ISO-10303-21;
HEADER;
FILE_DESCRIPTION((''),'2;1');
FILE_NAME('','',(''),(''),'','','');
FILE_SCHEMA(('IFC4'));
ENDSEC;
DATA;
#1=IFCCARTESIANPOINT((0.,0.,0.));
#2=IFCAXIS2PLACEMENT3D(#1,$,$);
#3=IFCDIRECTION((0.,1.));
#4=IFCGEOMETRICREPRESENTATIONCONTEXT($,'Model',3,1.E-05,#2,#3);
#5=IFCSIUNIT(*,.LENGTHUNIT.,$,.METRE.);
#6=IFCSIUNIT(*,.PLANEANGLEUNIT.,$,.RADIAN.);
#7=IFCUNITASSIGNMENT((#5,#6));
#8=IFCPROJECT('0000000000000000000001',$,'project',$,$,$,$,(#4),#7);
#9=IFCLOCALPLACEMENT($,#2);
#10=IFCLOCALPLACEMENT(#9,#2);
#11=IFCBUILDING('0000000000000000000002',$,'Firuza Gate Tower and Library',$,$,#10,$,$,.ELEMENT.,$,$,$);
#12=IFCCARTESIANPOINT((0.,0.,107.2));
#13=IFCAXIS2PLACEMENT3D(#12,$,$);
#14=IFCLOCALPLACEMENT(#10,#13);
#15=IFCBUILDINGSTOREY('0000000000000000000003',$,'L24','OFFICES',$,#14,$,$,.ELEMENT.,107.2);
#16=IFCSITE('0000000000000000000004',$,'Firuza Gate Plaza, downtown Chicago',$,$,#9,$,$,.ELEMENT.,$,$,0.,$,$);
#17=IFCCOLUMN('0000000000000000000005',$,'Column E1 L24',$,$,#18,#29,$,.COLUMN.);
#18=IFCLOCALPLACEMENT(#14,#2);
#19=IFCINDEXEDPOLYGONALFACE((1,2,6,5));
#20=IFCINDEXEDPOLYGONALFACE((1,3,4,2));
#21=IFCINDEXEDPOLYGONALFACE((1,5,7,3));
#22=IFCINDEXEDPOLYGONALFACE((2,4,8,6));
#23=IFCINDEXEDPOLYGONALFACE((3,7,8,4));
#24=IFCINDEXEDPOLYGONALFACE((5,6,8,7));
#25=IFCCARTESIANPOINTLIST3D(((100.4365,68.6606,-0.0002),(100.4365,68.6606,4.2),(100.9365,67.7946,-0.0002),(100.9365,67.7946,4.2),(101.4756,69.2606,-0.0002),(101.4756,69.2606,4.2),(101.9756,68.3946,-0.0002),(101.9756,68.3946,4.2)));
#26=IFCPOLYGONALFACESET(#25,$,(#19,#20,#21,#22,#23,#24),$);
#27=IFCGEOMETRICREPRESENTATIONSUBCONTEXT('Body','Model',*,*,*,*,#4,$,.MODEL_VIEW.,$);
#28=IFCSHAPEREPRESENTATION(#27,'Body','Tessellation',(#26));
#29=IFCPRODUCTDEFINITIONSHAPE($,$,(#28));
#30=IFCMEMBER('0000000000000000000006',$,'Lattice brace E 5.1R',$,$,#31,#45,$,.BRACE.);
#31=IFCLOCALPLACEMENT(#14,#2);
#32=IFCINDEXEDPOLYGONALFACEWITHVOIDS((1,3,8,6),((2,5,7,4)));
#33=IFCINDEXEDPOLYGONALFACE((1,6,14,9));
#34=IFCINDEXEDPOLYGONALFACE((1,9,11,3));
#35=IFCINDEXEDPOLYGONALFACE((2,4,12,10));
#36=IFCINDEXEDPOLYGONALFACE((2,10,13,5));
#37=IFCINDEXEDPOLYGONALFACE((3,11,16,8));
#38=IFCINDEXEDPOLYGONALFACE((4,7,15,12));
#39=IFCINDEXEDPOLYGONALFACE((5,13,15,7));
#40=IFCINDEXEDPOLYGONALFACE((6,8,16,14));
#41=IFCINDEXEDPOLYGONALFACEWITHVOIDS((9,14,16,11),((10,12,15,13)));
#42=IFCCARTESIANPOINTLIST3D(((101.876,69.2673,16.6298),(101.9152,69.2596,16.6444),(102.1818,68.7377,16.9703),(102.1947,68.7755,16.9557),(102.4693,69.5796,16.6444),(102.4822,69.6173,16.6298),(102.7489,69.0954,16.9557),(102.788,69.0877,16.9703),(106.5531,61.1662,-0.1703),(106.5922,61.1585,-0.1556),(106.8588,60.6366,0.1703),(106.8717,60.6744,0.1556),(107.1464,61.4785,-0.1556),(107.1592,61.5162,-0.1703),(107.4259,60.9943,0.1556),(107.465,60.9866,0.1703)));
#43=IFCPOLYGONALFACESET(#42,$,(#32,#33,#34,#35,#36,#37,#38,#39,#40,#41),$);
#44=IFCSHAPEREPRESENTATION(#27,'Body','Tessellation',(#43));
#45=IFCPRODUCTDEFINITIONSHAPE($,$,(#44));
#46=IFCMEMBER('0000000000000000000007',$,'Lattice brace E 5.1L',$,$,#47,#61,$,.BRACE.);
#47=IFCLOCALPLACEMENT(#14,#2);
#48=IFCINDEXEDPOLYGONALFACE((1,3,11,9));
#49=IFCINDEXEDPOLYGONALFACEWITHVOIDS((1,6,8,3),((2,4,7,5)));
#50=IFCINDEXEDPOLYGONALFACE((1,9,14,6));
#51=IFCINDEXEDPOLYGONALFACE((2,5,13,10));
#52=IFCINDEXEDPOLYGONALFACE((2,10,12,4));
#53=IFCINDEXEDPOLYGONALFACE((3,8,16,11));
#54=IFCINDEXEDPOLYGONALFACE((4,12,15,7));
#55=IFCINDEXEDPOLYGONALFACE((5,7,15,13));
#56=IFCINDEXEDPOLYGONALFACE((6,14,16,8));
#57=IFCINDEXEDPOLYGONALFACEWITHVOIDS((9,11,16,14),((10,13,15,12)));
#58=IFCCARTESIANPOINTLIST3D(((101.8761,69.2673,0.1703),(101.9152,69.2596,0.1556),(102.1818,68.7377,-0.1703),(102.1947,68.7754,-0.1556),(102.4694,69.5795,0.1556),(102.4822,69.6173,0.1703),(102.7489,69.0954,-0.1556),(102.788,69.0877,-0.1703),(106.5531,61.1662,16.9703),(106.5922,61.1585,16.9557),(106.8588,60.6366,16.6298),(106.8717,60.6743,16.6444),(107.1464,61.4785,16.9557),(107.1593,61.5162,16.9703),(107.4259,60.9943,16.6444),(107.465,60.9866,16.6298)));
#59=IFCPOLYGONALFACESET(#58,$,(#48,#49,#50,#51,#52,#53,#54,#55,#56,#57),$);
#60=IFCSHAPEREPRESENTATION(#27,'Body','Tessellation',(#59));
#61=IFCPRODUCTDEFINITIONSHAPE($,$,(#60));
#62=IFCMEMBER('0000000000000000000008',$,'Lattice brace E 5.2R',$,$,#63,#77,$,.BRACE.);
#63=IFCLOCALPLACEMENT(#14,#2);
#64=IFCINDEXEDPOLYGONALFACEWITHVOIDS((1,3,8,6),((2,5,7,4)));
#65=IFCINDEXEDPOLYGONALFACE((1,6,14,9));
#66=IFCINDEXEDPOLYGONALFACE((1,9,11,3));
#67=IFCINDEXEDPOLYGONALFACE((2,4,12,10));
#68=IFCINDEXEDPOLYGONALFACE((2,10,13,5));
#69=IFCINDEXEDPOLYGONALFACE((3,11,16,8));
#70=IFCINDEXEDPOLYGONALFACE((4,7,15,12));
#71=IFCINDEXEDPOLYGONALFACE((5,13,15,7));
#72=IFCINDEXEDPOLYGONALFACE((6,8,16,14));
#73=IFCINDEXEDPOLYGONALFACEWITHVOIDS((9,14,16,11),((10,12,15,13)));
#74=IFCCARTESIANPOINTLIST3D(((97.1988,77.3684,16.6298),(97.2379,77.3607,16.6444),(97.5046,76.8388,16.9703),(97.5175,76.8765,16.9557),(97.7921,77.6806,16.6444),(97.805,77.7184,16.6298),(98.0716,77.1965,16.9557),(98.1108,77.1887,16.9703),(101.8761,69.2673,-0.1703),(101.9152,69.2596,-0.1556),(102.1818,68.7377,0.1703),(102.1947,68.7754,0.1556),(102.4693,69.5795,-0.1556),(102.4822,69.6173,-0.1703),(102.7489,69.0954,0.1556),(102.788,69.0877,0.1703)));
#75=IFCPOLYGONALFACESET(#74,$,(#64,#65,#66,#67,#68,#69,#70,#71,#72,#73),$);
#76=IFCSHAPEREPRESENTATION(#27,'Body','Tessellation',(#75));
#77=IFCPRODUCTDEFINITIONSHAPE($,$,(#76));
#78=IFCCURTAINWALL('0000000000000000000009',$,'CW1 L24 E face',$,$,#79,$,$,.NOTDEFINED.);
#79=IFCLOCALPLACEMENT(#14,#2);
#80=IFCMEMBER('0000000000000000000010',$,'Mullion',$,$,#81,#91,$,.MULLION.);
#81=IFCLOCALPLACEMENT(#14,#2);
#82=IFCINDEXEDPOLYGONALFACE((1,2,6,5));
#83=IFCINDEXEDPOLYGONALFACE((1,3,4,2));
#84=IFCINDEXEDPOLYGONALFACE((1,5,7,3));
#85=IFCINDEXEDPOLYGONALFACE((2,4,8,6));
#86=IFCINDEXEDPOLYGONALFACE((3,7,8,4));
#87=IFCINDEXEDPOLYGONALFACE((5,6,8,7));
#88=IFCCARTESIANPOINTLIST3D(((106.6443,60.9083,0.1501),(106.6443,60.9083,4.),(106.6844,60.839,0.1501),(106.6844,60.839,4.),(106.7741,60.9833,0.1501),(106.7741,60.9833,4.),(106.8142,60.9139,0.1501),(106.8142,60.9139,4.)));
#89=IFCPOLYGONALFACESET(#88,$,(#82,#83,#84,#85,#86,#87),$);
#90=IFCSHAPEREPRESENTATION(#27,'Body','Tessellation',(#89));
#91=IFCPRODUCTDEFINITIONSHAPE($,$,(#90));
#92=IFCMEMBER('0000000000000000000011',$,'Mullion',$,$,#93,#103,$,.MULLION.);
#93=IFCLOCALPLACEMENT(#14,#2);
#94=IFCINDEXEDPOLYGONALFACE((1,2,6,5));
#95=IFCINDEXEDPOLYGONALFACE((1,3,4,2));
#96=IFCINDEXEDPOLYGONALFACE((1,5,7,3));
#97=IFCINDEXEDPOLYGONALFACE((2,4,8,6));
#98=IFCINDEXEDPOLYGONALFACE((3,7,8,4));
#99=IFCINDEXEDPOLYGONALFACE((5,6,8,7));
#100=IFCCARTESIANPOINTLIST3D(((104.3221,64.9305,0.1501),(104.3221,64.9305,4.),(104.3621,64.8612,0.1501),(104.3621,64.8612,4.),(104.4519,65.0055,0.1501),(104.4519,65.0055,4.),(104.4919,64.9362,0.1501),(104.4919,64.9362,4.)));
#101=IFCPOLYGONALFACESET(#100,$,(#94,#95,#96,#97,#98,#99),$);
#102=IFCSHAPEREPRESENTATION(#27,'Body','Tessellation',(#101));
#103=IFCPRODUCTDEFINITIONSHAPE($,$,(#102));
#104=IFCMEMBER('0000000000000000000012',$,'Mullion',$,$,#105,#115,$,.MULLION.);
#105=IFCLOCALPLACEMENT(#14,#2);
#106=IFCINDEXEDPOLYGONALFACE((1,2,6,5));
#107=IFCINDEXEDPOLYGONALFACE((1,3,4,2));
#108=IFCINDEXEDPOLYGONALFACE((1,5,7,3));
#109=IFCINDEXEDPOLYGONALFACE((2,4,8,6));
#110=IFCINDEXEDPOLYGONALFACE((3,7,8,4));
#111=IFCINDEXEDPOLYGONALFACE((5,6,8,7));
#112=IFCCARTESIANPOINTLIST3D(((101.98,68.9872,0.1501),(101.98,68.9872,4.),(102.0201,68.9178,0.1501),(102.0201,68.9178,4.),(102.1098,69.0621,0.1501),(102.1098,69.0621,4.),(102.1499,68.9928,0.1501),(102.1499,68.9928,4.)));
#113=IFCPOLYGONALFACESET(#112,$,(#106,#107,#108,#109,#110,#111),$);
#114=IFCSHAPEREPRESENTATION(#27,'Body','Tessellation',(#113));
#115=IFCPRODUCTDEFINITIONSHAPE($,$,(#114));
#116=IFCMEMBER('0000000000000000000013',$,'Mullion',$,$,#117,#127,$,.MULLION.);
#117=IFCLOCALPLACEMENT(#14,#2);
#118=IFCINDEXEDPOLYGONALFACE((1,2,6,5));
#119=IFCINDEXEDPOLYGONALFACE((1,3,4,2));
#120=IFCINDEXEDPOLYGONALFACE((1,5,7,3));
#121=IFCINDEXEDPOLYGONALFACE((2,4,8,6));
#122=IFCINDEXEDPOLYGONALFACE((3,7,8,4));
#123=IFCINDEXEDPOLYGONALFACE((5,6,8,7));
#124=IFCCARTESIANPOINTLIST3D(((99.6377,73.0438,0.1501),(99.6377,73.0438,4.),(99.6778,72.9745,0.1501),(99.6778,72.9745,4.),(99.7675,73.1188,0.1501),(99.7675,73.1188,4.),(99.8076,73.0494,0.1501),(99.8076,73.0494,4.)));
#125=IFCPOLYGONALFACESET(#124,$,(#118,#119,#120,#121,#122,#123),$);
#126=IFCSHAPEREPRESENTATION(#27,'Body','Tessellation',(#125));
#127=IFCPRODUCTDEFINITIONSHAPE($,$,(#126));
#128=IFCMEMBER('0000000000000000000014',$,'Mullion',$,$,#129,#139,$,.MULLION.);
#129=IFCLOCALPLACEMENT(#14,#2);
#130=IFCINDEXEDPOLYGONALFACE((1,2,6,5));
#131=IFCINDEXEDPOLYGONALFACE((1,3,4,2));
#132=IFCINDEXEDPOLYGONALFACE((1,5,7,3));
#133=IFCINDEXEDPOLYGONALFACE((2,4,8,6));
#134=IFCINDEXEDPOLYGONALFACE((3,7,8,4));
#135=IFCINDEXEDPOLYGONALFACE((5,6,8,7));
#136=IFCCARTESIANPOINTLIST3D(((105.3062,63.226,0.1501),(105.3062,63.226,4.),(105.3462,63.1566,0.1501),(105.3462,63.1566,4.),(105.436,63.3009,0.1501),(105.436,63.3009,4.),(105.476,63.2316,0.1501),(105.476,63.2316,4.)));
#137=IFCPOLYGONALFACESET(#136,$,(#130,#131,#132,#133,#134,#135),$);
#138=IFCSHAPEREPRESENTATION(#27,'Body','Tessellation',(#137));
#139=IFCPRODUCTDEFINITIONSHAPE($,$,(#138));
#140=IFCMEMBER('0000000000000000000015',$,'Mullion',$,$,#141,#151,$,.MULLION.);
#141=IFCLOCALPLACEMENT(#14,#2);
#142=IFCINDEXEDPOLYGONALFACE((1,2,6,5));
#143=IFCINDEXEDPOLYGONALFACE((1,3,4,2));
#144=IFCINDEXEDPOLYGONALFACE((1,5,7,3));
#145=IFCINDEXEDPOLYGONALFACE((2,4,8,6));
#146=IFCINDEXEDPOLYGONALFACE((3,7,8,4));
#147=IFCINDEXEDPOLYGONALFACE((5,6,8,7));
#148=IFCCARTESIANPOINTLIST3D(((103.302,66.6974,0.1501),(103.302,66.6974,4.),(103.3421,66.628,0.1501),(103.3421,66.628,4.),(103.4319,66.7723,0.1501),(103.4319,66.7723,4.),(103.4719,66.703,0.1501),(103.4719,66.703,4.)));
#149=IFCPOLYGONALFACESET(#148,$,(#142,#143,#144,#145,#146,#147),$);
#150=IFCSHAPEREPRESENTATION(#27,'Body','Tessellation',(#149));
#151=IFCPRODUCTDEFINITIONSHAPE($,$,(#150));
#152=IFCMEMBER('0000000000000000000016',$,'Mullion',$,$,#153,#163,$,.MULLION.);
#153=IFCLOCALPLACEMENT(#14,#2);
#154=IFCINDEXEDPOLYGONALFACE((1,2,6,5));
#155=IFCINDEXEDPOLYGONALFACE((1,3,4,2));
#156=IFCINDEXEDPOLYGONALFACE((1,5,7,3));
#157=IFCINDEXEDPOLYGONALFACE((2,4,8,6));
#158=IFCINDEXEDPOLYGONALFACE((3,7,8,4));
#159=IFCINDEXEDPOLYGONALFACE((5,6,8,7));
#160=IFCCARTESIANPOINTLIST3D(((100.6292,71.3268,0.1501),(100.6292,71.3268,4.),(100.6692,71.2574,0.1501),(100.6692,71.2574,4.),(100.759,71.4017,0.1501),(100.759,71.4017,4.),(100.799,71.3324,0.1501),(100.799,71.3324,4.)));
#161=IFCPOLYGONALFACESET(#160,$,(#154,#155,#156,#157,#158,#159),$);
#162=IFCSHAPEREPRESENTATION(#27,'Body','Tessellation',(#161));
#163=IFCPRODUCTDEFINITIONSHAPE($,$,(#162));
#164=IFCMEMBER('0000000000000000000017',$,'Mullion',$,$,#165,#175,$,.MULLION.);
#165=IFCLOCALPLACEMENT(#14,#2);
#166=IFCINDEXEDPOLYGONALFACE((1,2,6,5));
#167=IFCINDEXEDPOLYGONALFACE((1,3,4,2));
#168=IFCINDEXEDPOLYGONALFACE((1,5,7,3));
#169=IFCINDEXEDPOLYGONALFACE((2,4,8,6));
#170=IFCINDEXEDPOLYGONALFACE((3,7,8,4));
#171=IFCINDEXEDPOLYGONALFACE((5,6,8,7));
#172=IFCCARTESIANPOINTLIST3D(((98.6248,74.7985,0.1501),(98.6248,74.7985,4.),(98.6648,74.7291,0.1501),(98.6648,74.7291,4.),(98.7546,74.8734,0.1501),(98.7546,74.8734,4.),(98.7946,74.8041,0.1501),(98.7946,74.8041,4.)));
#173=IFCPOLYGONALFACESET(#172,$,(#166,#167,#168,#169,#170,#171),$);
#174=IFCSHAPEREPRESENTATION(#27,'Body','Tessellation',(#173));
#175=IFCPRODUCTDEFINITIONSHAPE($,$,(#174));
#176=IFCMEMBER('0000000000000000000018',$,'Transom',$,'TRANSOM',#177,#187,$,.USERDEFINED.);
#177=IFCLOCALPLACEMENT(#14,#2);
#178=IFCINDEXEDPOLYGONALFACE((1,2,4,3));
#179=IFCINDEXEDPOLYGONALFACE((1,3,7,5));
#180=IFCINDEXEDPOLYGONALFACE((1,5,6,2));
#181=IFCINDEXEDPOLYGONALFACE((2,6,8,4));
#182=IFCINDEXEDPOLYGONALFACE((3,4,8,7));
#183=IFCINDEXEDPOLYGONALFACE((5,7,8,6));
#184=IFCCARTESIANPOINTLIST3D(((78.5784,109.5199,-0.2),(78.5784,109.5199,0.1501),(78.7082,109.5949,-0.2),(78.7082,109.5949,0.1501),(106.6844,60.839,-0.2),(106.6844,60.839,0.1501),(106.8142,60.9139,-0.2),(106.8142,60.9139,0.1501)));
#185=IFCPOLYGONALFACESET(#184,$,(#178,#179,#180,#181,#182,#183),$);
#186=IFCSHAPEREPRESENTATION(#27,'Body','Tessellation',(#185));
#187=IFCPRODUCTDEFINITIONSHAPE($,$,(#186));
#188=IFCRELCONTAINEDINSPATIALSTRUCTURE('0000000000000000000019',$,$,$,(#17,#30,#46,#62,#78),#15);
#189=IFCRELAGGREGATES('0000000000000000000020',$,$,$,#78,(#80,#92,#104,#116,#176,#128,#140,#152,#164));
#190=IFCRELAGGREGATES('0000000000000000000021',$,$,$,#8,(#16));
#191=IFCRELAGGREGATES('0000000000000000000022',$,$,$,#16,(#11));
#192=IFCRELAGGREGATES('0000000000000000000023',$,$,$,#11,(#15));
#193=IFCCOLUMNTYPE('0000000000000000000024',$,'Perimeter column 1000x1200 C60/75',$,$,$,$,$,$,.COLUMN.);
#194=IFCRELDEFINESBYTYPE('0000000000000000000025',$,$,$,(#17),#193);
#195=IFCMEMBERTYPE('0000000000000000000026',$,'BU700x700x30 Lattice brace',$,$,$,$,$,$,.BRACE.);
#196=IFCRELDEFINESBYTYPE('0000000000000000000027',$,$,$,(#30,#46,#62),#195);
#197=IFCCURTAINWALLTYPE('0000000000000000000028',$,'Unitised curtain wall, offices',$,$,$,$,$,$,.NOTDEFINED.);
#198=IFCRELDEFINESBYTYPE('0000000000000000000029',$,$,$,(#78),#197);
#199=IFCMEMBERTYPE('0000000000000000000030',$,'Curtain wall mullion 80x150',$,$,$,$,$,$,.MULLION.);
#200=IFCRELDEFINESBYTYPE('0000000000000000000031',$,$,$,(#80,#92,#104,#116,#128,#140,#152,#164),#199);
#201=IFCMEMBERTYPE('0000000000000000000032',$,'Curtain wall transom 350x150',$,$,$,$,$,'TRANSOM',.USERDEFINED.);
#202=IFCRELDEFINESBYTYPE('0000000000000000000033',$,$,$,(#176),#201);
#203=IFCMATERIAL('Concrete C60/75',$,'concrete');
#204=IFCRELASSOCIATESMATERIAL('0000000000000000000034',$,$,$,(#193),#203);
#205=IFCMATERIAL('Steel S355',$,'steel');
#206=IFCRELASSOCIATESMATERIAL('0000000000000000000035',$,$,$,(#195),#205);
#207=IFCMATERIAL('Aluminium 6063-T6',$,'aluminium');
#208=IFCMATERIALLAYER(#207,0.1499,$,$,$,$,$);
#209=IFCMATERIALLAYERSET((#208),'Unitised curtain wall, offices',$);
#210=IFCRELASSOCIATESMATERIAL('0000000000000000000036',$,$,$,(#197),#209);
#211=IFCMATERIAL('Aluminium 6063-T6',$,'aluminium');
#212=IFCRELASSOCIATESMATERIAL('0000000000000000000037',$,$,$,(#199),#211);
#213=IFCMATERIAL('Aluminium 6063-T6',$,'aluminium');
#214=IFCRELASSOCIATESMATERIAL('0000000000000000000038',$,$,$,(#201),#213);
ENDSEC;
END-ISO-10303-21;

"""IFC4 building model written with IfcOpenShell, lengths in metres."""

from ifc_helpers import new_model, si_unit, direction, frame, origin, origin_2d, place, context, subcontext, project, spatial, rectangle, hollow_rectangle, extrude, material, layer, layer_set, material_profile, profile_set, type_object, element, aggregate, save


model = new_model("IFC4")

# Units and contexts
model_context = context("Model", 3, precision=1e-05, world=origin(), true_north=direction((0.0, 1.0)))
body_context = subcontext(model_context, "Body", "Model", "MODEL_VIEW")
ifc_project = project(units=[si_unit("LENGTHUNIT", "METRE"), si_unit("PLANEANGLEUNIT", "RADIAN")], contexts=[model_context])

# Site, building, storey
site_placement = place(None, origin())
site = spatial("IfcSite", under=ifc_project, at=site_placement, Name="Firuza Gate Plaza, downtown Chicago", CompositionType="ELEMENT", RefElevation=0.0)
building_placement = place(site_placement, origin())
building = spatial("IfcBuilding", under=site, at=building_placement, Name="Firuza Gate Tower and Library", CompositionType="ELEMENT")
storey_placement = place(building_placement, frame((0.0, 0.0, 107.2)))
storey = spatial("IfcBuildingStorey", under=building, at=storey_placement, Name="L24", Description="OFFICES", CompositionType="ELEMENT", Elevation=107.2)

# Column
ifc_material_1 = material(Name="Concrete C60/75", Category="concrete")
ifc_material_profile_1 = material_profile(ifc_material_1, rectangle(XDim=1.0, YDim=1.2, at=origin_2d()))
ifc_profile_set_1 = profile_set([ifc_material_profile_1], Name="Concrete C60/75")
column_type = type_object("IfcColumnType", Name="Perimeter column 1000x1200 C60/75", PredefinedType="COLUMN", material=ifc_profile_set_1)
column_placement = place(storey_placement, frame((101.2061, 68.5276, -0.0002), z_axis=(0.0, 0.0, 1.0), x_axis=(-0.5, 0.866025, 0.0)))
element("IfcColumn", 1, at=column_placement, inside=storey, type_object=column_type, Name="Column E1 L24", PredefinedType="COLUMN", context=body_context, shape_type="SweptSolid", body=[
    extrude(rectangle(XDim=1.0, YDim=1.2, at=origin_2d()), origin(), (0.0, 0.0, 1.0), 4.2002),
])

# Members
ifc_material_2 = material(Name="Steel S355", Category="steel")
ifc_material_profile_2 = material_profile(ifc_material_2, hollow_rectangle(XDim=0.7, YDim=0.7, WallThickness=0.03, at=origin_2d()))
ifc_profile_set_2 = profile_set([ifc_material_profile_2], Name="Steel S355")
member_type_1 = type_object("IfcMemberType", Name="BU700x700x30 Lattice brace", PredefinedType="BRACE", material=ifc_profile_set_2)
for number, where, z_axis, x_axis, name in (
    (2, (107.009, 61.0764, 0.0), (-0.24323, 0.421301, 0.873696), (-0.866033, -0.499988, 0.0), "Lattice brace E 5.1R"),
    (3, (102.332, 69.1775, 0.0), (0.24323, -0.421301, 0.873696), (0.866033, 0.499988, 0.0), "Lattice brace E 5.1L"),
    (4, (102.332, 69.1775, 0.0), (-0.243242, 0.4213, 0.873693), (-0.866021, -0.500007, 0.0), "Lattice brace E 5.2R"),
):
    element("IfcMember", number, at=place(storey_placement, frame(where, z_axis=z_axis, x_axis=x_axis)), inside=storey, type_object=member_type_1, Name=name, PredefinedType="BRACE", context=body_context, shape_type="SweptSolid", body=[
        extrude(hollow_rectangle(XDim=0.7, YDim=0.7, WallThickness=0.03, at=origin_2d()), origin(), (0.0, 0.0, 1.0), 19.2288),
    ])

# Curtain wall, members
ifc_material_3 = material(Name="Aluminium 6063-T6", Category="aluminium")
ifc_layer_1 = layer(ifc_material_3, 0.1499)
ifc_layer_set_1 = layer_set([ifc_layer_1], Name="Unitised curtain wall, offices")
curtain_wall_type = type_object("IfcCurtainWallType", Name="Unitised curtain wall, offices", PredefinedType="NOTDEFINED", material=ifc_layer_set_1)
curtain_wall_placement = place(storey_placement, origin())
curtain_wall = element("IfcCurtainWall", 5, at=curtain_wall_placement, inside=storey, type_object=curtain_wall_type, Name="CW1 L24 E face", PredefinedType="NOTDEFINED")
ifc_material_4 = material(Name="Aluminium 6063-T6", Category="aluminium")
ifc_material_profile_3 = material_profile(ifc_material_4, rectangle(XDim=0.1499, YDim=0.0801, at=origin_2d()))
ifc_profile_set_3 = profile_set([ifc_material_profile_3], Name="Aluminium 6063-T6")
member_type_2 = type_object("IfcMemberType", Name="Curtain wall mullion 80x150", PredefinedType="MULLION", material=ifc_profile_set_3)
member_1_placement = place(storey_placement, frame((106.7292, 60.9111, 0.1501), z_axis=(0.0, 0.0, 1.0), x_axis=(-0.866025, -0.5, 0.0)))
member_1 = element("IfcMember", 6, at=member_1_placement, type_object=member_type_2, Name="Mullion", PredefinedType="MULLION", context=body_context, shape_type="SweptSolid", body=[
    extrude(rectangle(XDim=0.1499, YDim=0.0801, at=origin_2d()), origin(), (0.0, 0.0, 1.0), 3.8499),
])
member_2_placement = place(storey_placement, frame((104.407, 64.9333, 0.1501), z_axis=(0.0, 0.0, 1.0), x_axis=(-0.866025, -0.5, 0.0)))
member_2 = element("IfcMember", 7, at=member_2_placement, type_object=member_type_2, Name="Mullion", PredefinedType="MULLION", context=body_context, shape_type="SweptSolid", body=[
    extrude(rectangle(XDim=0.1499, YDim=0.0801, at=origin_2d()), origin(), (0.0, 0.0, 1.0), 3.8499),
])
member_3_placement = place(storey_placement, frame((102.0649, 68.99, 0.1501), z_axis=(0.0, 0.0, 1.0), x_axis=(-0.866025, -0.5, 0.0)))
member_3 = element("IfcMember", 8, at=member_3_placement, type_object=member_type_2, Name="Mullion", PredefinedType="MULLION", context=body_context, shape_type="SweptSolid", body=[
    extrude(rectangle(XDim=0.1499, YDim=0.0801, at=origin_2d()), origin(), (0.0, 0.0, 1.0), 3.8499),
])
member_4_placement = place(storey_placement, frame((99.7227, 73.0466, 0.1501), z_axis=(0.0, 0.0, 1.0), x_axis=(-0.866025, -0.5, 0.0)))
member_4 = element("IfcMember", 9, at=member_4_placement, type_object=member_type_2, Name="Mullion", PredefinedType="MULLION", context=body_context, shape_type="SweptSolid", body=[
    extrude(rectangle(XDim=0.1499, YDim=0.0801, at=origin_2d()), origin(), (0.0, 0.0, 1.0), 3.8499),
])
member_5_placement = place(storey_placement, frame((105.3911, 63.2288, 0.1501), z_axis=(0.0, 0.0, 1.0), x_axis=(-0.866025, -0.5, 0.0)))
member_5 = element("IfcMember", 10, at=member_5_placement, type_object=member_type_2, Name="Mullion", PredefinedType="MULLION", context=body_context, shape_type="SweptSolid", body=[
    extrude(rectangle(XDim=0.1499, YDim=0.0801, at=origin_2d()), origin(), (0.0, 0.0, 1.0), 3.8499),
])
member_6_placement = place(storey_placement, frame((103.387, 66.7002, 0.1501), z_axis=(0.0, 0.0, 1.0), x_axis=(-0.866025, -0.5, 0.0)))
member_6 = element("IfcMember", 11, at=member_6_placement, type_object=member_type_2, Name="Mullion", PredefinedType="MULLION", context=body_context, shape_type="SweptSolid", body=[
    extrude(rectangle(XDim=0.1499, YDim=0.0801, at=origin_2d()), origin(), (0.0, 0.0, 1.0), 3.8499),
])
member_7_placement = place(storey_placement, frame((100.7141, 71.3296, 0.1501), z_axis=(0.0, 0.0, 1.0), x_axis=(-0.866025, -0.5, 0.0)))
member_7 = element("IfcMember", 12, at=member_7_placement, type_object=member_type_2, Name="Mullion", PredefinedType="MULLION", context=body_context, shape_type="SweptSolid", body=[
    extrude(rectangle(XDim=0.1499, YDim=0.0801, at=origin_2d()), origin(), (0.0, 0.0, 1.0), 3.8499),
])
member_8_placement = place(storey_placement, frame((98.7097, 74.8013, 0.1501), z_axis=(0.0, 0.0, 1.0), x_axis=(-0.866025, -0.5, 0.0)))
member_8 = element("IfcMember", 13, at=member_8_placement, type_object=member_type_2, Name="Mullion", PredefinedType="MULLION", context=body_context, shape_type="SweptSolid", body=[
    extrude(rectangle(XDim=0.1499, YDim=0.0801, at=origin_2d()), origin(), (0.0, 0.0, 1.0), 3.8499),
])
ifc_material_5 = material(Name="Aluminium 6063-T6", Category="aluminium")
ifc_material_profile_4 = material_profile(ifc_material_5, rectangle(XDim=0.1499, YDim=0.3501, at=origin_2d()))
ifc_profile_set_4 = profile_set([ifc_material_profile_4], Name="Aluminium 6063-T6")
member_type_3 = type_object("IfcMemberType", Name="Curtain wall transom 350x150", ElementType="TRANSOM", PredefinedType="USERDEFINED", material=ifc_profile_set_4)
member_9_placement = place(storey_placement, frame((106.7493, 60.8765, -0.0249), z_axis=(-0.5, 0.866025, 0.0), x_axis=(-0.866025, -0.5, 0.0)))
member_9 = element("IfcMember", 14, at=member_9_placement, type_object=member_type_3, Name="Transom", ObjectType="TRANSOM", PredefinedType="USERDEFINED", context=body_context, shape_type="SweptSolid", body=[
    extrude(rectangle(XDim=0.1499, YDim=0.3501, at=origin_2d()), origin(), (0.0, 0.0, 1.0), 56.2119),
])

aggregate(curtain_wall, [member_1, member_2, member_3, member_4, member_9, member_5, member_6, member_7, member_8])

save(model, "model.ifc")
